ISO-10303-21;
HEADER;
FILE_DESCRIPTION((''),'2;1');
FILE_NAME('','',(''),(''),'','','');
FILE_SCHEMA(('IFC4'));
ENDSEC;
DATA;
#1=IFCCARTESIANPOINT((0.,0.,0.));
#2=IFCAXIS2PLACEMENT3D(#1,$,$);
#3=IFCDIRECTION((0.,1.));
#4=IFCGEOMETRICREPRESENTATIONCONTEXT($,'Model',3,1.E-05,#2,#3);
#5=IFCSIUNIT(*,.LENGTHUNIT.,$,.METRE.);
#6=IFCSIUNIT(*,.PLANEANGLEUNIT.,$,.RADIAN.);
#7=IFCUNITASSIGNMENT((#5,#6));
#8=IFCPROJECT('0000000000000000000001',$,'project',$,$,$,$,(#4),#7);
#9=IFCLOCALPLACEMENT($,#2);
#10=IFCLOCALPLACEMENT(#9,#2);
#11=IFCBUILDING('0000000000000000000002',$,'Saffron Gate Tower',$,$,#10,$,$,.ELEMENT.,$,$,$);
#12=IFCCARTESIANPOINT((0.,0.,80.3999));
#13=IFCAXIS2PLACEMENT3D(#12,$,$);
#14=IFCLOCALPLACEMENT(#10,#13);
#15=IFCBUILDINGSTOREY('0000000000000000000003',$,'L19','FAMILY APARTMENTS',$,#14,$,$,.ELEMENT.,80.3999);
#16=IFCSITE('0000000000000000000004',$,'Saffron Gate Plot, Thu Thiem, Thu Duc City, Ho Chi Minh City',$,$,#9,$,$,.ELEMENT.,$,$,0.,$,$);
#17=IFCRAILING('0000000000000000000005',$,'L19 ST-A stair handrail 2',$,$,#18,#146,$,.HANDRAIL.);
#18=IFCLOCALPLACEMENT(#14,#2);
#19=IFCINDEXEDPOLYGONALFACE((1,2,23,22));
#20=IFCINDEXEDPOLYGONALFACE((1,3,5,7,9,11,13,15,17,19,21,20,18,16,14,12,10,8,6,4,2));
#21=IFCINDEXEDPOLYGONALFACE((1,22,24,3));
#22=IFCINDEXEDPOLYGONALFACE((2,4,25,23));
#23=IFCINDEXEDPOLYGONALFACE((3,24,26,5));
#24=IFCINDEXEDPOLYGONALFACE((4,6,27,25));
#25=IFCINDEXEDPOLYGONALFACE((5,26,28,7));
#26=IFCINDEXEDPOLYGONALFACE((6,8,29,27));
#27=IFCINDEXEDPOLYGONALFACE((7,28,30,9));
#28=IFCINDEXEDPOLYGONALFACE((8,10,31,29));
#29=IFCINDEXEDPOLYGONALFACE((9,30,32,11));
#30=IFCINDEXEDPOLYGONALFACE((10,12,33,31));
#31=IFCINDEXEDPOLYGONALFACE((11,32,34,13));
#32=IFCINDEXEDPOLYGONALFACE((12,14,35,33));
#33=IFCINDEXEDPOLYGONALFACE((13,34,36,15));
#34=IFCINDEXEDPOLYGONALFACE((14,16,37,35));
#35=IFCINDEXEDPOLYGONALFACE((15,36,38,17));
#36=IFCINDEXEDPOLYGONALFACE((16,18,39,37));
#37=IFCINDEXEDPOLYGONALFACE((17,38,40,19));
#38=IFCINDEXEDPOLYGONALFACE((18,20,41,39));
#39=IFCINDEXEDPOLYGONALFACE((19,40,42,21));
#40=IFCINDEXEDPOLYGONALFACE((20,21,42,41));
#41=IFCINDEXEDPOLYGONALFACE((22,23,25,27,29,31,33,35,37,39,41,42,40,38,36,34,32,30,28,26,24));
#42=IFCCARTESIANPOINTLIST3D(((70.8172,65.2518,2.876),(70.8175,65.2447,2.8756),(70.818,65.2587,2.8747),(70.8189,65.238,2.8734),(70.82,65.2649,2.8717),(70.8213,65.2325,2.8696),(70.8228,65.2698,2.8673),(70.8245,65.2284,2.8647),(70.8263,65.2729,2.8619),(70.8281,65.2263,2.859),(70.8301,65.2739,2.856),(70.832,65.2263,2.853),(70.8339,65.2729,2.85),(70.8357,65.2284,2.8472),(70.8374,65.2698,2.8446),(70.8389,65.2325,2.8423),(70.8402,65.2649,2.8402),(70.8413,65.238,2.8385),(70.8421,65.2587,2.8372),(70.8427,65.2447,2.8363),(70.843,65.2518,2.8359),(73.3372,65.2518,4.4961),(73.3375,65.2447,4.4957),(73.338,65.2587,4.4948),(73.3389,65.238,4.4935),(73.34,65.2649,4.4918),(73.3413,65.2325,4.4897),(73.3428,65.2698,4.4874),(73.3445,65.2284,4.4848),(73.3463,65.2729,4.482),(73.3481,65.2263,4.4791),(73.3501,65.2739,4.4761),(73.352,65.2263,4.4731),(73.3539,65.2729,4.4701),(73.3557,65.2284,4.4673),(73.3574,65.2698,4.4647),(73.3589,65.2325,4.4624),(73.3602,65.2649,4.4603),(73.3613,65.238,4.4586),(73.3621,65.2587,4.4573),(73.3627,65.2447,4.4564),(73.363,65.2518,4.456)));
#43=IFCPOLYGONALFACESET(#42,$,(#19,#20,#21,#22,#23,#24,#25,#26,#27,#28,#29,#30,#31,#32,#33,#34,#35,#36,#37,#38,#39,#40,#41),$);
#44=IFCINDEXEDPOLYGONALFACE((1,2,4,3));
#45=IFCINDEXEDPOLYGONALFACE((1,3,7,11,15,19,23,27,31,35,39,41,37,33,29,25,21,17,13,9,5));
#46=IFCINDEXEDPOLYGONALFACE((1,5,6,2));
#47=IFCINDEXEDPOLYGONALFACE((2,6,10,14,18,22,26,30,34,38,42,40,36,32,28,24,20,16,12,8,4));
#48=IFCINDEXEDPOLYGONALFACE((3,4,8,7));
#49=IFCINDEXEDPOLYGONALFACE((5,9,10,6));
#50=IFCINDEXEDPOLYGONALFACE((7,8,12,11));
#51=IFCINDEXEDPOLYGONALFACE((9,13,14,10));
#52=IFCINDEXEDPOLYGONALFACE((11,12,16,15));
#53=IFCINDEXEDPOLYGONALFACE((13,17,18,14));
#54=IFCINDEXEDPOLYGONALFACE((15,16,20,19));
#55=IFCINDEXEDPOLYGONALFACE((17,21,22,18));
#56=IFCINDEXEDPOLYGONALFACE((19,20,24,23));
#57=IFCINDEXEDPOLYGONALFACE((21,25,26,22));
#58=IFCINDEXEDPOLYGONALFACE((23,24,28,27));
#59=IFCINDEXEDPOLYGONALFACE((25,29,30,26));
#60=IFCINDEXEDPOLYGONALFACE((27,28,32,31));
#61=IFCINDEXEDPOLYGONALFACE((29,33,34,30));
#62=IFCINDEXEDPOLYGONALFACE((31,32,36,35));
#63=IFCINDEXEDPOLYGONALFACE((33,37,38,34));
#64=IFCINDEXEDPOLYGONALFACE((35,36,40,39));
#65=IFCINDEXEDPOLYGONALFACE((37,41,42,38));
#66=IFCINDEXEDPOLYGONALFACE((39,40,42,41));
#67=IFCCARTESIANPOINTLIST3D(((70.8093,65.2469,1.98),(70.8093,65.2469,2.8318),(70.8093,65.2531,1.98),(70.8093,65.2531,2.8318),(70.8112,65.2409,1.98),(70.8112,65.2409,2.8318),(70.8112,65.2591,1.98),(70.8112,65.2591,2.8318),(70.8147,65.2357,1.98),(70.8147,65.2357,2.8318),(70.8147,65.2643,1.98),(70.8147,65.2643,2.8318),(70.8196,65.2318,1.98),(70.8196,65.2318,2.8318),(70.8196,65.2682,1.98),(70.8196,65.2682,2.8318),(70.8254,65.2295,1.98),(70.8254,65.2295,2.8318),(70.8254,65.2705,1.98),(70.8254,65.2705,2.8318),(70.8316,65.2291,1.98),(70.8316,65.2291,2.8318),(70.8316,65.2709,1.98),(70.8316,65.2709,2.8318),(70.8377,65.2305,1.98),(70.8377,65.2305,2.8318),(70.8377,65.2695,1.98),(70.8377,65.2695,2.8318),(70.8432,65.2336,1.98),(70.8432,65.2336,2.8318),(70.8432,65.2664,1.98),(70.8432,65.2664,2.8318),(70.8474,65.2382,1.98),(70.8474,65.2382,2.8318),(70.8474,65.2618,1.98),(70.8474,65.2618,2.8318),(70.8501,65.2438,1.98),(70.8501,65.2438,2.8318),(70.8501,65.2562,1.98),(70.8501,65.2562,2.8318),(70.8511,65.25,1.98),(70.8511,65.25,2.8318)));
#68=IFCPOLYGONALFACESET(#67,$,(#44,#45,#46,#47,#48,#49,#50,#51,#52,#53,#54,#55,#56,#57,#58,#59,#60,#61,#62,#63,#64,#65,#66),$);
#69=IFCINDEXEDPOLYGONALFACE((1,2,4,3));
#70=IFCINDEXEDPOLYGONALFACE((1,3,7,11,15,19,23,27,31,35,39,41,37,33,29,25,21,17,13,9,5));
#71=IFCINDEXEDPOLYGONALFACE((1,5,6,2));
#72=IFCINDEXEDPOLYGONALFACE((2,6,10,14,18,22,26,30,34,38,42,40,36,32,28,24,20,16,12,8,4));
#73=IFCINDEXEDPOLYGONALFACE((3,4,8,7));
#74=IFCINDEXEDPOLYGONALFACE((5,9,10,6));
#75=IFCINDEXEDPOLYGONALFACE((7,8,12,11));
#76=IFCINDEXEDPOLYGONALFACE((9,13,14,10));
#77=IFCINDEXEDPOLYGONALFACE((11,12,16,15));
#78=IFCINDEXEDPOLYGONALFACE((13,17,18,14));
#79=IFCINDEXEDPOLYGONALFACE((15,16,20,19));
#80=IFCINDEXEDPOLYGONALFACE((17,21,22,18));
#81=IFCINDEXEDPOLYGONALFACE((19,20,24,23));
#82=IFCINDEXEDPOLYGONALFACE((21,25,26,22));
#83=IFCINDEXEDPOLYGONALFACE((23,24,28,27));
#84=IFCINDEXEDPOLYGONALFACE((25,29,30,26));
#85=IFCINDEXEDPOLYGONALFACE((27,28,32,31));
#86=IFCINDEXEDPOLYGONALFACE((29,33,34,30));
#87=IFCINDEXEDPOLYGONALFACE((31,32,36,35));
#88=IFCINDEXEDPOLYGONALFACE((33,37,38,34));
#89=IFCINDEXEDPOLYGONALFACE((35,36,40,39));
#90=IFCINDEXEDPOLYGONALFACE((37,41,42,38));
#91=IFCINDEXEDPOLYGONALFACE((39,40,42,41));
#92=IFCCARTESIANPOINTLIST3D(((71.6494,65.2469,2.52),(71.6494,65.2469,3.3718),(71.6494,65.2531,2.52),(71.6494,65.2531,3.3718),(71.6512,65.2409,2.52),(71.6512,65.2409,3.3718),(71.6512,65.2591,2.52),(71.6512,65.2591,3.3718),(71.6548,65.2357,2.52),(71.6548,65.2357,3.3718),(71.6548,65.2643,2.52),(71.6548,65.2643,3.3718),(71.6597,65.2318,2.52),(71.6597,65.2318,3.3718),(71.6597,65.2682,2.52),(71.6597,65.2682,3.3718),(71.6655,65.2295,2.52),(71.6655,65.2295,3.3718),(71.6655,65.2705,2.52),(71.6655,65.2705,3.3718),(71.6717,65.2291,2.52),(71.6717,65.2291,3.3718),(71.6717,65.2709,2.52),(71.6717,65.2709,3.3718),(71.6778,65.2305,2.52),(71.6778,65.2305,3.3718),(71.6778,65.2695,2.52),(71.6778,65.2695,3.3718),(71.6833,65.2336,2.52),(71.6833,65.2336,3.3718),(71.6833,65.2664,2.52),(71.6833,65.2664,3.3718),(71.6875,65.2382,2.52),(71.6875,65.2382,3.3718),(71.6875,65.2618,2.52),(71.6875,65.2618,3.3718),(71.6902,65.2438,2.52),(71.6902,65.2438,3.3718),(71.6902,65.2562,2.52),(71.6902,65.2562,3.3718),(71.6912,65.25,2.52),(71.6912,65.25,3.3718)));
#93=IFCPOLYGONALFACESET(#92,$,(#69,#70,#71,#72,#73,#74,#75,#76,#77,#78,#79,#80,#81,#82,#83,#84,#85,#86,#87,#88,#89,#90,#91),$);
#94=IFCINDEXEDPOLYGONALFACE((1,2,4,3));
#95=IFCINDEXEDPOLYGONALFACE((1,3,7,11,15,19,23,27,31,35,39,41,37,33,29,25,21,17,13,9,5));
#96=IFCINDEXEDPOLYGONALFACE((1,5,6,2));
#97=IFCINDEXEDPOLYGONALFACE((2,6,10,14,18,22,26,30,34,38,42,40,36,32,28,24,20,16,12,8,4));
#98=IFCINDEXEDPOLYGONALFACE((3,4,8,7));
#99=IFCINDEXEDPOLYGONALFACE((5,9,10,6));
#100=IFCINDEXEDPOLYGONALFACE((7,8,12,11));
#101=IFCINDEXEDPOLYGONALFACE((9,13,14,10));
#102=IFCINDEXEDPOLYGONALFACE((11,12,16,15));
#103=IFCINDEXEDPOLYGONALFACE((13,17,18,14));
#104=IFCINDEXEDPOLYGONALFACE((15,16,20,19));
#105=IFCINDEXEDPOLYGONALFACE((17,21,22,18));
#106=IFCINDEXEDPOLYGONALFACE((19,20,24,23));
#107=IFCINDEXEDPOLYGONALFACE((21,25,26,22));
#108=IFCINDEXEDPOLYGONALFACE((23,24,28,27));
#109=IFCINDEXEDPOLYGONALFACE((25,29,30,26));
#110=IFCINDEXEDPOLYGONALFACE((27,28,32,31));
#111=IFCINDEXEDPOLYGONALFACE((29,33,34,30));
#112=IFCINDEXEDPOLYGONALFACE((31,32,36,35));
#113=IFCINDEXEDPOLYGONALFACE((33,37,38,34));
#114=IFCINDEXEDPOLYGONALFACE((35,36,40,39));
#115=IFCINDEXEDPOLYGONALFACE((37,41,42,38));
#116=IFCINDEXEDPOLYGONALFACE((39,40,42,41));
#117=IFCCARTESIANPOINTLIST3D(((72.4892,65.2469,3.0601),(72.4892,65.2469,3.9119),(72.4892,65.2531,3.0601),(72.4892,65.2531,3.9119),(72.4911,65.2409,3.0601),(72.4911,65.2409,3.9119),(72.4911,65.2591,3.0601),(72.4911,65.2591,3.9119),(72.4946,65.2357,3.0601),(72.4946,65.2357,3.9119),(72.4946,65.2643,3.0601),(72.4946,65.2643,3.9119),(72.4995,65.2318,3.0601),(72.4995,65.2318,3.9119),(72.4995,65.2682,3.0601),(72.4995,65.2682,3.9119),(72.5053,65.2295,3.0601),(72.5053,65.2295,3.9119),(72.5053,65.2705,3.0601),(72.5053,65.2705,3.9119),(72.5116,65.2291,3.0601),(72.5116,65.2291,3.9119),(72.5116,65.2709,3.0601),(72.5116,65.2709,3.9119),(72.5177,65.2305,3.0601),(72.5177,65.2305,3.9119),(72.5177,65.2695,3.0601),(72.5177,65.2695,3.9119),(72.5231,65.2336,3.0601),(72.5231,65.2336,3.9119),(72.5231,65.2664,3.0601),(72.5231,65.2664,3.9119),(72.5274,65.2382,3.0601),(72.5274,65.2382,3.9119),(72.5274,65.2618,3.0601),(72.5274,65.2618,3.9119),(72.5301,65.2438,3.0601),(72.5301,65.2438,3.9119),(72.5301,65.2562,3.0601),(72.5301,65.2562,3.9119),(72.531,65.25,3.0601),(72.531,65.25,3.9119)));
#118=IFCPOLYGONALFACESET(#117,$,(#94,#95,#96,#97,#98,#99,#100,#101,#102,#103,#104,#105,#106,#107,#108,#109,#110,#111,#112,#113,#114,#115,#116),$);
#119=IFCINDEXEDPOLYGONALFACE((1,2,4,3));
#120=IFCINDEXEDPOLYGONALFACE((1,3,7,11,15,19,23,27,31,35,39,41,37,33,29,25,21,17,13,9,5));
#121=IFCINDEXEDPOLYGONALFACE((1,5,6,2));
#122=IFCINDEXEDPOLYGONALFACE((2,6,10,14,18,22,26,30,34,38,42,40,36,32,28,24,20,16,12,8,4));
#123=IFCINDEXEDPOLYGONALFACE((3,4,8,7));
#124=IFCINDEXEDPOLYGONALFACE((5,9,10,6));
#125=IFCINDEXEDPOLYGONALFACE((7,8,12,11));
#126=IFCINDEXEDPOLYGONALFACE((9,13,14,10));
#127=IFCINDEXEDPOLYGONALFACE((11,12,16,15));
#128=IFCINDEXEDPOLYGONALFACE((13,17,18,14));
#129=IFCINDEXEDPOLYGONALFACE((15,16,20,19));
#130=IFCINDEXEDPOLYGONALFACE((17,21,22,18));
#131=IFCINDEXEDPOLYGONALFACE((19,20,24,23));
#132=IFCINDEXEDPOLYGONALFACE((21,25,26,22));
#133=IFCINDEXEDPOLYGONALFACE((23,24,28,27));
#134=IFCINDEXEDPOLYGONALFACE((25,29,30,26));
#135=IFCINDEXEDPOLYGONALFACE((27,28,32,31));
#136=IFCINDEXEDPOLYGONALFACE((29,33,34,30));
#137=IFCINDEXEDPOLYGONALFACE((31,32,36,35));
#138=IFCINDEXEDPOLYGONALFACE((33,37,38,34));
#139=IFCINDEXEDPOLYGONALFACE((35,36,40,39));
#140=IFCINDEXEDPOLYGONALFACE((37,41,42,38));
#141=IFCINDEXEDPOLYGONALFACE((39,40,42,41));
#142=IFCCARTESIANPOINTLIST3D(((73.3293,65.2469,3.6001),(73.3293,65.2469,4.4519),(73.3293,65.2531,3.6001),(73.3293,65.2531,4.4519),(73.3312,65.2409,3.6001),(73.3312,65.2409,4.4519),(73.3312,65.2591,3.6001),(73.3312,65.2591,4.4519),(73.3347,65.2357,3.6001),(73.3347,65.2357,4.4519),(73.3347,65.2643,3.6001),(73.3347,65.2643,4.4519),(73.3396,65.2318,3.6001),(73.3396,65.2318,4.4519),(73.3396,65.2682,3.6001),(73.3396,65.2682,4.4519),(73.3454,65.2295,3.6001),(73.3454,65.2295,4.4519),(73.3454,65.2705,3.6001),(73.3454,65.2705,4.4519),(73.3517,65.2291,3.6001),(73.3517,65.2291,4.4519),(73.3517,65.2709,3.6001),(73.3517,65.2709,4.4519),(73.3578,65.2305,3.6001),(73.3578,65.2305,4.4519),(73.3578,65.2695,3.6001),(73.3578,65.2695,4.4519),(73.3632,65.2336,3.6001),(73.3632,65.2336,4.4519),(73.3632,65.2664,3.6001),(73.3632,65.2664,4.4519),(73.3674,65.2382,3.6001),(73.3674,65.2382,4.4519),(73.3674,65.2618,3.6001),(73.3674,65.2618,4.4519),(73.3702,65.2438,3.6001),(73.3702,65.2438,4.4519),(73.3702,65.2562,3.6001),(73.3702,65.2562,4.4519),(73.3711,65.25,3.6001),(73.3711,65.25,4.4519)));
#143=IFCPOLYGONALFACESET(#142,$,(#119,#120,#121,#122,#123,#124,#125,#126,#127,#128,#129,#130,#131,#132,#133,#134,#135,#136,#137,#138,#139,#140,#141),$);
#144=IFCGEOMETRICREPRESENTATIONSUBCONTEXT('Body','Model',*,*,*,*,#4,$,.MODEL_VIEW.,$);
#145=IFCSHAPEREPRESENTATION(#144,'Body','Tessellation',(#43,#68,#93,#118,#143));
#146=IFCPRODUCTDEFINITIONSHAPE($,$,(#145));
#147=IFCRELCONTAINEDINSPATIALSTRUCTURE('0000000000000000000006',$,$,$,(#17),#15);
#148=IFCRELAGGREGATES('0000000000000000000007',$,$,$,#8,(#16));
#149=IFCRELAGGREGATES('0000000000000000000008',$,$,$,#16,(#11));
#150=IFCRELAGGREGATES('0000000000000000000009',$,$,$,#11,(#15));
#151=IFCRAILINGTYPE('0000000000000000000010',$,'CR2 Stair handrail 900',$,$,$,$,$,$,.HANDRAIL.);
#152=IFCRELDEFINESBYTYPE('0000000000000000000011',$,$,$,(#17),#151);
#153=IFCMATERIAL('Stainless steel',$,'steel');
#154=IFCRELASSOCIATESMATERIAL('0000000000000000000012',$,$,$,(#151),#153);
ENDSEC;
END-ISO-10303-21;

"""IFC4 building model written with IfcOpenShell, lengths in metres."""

from ifc_helpers import new_model, si_unit, direction, frame, origin, origin_2d, place, context, subcontext, project, spatial, circle, extrude, material, type_object, element, save


model = new_model("IFC4")

# Units and contexts
model_context = context("Model", 3, precision=1e-05, world=origin(), true_north=direction((0.0, 1.0)))
body_context = subcontext(model_context, "Body", "Model", "MODEL_VIEW")
ifc_project = project(units=[si_unit("LENGTHUNIT", "METRE"), si_unit("PLANEANGLEUNIT", "RADIAN")], contexts=[model_context])

# Site, building, storey
site_placement = place(None, origin())
site = spatial("IfcSite", under=ifc_project, at=site_placement, Name="Saffron Gate Plot, Thu Thiem, Thu Duc City, Ho Chi Minh City", CompositionType="ELEMENT", RefElevation=0.0)
building_placement = place(site_placement, origin())
building = spatial("IfcBuilding", under=site, at=building_placement, Name="Saffron Gate Tower", CompositionType="ELEMENT")
storey_placement = place(building_placement, frame((0.0, 0.0, 80.3999)))
storey = spatial("IfcBuildingStorey", under=building, at=storey_placement, Name="L19", Description="FAMILY APARTMENTS", CompositionType="ELEMENT", Elevation=80.3999)

# Railing
ifc_material_1 = material(Name="Stainless steel", Category="steel")
railing_type = type_object("IfcRailingType", Name="CR2 Stair handrail 900", PredefinedType="HANDRAIL", material=ifc_material_1)
railing_placement = place(storey_placement, frame((70.8301, 65.25, 1.98)))
element("IfcRailing", 1, at=railing_placement, inside=storey, type_object=railing_type, Name="L19 ST-A stair handrail 2", PredefinedType="HANDRAIL", context=body_context, shape_type="SweptSolid", body=[
    extrude(circle(Radius=0.0239, at=origin_2d()), frame((0.0, 0.0, 0.876), z_axis=(0.841163, 0.0, 0.540782), x_axis=(0.0, 1.0, 0.0)), (0.0, 0.0, 1.0), 2.9958),
    extrude(circle(Radius=0.021, at=origin_2d()), origin(), (0.0, 0.0, 1.0), 0.8518),
    extrude(circle(Radius=0.021, at=origin_2d()), frame((0.8401, 0.0, 0.54)), (0.0, 0.0, 1.0), 0.8518),
    extrude(circle(Radius=0.021, at=origin_2d()), frame((1.6799, 0.0, 1.0801)), (0.0, 0.0, 1.0), 0.8518),
    extrude(circle(Radius=0.021, at=origin_2d()), frame((2.52, 0.0, 1.6201)), (0.0, 0.0, 1.0), 0.8518),
])

save(model, "model.ifc")
